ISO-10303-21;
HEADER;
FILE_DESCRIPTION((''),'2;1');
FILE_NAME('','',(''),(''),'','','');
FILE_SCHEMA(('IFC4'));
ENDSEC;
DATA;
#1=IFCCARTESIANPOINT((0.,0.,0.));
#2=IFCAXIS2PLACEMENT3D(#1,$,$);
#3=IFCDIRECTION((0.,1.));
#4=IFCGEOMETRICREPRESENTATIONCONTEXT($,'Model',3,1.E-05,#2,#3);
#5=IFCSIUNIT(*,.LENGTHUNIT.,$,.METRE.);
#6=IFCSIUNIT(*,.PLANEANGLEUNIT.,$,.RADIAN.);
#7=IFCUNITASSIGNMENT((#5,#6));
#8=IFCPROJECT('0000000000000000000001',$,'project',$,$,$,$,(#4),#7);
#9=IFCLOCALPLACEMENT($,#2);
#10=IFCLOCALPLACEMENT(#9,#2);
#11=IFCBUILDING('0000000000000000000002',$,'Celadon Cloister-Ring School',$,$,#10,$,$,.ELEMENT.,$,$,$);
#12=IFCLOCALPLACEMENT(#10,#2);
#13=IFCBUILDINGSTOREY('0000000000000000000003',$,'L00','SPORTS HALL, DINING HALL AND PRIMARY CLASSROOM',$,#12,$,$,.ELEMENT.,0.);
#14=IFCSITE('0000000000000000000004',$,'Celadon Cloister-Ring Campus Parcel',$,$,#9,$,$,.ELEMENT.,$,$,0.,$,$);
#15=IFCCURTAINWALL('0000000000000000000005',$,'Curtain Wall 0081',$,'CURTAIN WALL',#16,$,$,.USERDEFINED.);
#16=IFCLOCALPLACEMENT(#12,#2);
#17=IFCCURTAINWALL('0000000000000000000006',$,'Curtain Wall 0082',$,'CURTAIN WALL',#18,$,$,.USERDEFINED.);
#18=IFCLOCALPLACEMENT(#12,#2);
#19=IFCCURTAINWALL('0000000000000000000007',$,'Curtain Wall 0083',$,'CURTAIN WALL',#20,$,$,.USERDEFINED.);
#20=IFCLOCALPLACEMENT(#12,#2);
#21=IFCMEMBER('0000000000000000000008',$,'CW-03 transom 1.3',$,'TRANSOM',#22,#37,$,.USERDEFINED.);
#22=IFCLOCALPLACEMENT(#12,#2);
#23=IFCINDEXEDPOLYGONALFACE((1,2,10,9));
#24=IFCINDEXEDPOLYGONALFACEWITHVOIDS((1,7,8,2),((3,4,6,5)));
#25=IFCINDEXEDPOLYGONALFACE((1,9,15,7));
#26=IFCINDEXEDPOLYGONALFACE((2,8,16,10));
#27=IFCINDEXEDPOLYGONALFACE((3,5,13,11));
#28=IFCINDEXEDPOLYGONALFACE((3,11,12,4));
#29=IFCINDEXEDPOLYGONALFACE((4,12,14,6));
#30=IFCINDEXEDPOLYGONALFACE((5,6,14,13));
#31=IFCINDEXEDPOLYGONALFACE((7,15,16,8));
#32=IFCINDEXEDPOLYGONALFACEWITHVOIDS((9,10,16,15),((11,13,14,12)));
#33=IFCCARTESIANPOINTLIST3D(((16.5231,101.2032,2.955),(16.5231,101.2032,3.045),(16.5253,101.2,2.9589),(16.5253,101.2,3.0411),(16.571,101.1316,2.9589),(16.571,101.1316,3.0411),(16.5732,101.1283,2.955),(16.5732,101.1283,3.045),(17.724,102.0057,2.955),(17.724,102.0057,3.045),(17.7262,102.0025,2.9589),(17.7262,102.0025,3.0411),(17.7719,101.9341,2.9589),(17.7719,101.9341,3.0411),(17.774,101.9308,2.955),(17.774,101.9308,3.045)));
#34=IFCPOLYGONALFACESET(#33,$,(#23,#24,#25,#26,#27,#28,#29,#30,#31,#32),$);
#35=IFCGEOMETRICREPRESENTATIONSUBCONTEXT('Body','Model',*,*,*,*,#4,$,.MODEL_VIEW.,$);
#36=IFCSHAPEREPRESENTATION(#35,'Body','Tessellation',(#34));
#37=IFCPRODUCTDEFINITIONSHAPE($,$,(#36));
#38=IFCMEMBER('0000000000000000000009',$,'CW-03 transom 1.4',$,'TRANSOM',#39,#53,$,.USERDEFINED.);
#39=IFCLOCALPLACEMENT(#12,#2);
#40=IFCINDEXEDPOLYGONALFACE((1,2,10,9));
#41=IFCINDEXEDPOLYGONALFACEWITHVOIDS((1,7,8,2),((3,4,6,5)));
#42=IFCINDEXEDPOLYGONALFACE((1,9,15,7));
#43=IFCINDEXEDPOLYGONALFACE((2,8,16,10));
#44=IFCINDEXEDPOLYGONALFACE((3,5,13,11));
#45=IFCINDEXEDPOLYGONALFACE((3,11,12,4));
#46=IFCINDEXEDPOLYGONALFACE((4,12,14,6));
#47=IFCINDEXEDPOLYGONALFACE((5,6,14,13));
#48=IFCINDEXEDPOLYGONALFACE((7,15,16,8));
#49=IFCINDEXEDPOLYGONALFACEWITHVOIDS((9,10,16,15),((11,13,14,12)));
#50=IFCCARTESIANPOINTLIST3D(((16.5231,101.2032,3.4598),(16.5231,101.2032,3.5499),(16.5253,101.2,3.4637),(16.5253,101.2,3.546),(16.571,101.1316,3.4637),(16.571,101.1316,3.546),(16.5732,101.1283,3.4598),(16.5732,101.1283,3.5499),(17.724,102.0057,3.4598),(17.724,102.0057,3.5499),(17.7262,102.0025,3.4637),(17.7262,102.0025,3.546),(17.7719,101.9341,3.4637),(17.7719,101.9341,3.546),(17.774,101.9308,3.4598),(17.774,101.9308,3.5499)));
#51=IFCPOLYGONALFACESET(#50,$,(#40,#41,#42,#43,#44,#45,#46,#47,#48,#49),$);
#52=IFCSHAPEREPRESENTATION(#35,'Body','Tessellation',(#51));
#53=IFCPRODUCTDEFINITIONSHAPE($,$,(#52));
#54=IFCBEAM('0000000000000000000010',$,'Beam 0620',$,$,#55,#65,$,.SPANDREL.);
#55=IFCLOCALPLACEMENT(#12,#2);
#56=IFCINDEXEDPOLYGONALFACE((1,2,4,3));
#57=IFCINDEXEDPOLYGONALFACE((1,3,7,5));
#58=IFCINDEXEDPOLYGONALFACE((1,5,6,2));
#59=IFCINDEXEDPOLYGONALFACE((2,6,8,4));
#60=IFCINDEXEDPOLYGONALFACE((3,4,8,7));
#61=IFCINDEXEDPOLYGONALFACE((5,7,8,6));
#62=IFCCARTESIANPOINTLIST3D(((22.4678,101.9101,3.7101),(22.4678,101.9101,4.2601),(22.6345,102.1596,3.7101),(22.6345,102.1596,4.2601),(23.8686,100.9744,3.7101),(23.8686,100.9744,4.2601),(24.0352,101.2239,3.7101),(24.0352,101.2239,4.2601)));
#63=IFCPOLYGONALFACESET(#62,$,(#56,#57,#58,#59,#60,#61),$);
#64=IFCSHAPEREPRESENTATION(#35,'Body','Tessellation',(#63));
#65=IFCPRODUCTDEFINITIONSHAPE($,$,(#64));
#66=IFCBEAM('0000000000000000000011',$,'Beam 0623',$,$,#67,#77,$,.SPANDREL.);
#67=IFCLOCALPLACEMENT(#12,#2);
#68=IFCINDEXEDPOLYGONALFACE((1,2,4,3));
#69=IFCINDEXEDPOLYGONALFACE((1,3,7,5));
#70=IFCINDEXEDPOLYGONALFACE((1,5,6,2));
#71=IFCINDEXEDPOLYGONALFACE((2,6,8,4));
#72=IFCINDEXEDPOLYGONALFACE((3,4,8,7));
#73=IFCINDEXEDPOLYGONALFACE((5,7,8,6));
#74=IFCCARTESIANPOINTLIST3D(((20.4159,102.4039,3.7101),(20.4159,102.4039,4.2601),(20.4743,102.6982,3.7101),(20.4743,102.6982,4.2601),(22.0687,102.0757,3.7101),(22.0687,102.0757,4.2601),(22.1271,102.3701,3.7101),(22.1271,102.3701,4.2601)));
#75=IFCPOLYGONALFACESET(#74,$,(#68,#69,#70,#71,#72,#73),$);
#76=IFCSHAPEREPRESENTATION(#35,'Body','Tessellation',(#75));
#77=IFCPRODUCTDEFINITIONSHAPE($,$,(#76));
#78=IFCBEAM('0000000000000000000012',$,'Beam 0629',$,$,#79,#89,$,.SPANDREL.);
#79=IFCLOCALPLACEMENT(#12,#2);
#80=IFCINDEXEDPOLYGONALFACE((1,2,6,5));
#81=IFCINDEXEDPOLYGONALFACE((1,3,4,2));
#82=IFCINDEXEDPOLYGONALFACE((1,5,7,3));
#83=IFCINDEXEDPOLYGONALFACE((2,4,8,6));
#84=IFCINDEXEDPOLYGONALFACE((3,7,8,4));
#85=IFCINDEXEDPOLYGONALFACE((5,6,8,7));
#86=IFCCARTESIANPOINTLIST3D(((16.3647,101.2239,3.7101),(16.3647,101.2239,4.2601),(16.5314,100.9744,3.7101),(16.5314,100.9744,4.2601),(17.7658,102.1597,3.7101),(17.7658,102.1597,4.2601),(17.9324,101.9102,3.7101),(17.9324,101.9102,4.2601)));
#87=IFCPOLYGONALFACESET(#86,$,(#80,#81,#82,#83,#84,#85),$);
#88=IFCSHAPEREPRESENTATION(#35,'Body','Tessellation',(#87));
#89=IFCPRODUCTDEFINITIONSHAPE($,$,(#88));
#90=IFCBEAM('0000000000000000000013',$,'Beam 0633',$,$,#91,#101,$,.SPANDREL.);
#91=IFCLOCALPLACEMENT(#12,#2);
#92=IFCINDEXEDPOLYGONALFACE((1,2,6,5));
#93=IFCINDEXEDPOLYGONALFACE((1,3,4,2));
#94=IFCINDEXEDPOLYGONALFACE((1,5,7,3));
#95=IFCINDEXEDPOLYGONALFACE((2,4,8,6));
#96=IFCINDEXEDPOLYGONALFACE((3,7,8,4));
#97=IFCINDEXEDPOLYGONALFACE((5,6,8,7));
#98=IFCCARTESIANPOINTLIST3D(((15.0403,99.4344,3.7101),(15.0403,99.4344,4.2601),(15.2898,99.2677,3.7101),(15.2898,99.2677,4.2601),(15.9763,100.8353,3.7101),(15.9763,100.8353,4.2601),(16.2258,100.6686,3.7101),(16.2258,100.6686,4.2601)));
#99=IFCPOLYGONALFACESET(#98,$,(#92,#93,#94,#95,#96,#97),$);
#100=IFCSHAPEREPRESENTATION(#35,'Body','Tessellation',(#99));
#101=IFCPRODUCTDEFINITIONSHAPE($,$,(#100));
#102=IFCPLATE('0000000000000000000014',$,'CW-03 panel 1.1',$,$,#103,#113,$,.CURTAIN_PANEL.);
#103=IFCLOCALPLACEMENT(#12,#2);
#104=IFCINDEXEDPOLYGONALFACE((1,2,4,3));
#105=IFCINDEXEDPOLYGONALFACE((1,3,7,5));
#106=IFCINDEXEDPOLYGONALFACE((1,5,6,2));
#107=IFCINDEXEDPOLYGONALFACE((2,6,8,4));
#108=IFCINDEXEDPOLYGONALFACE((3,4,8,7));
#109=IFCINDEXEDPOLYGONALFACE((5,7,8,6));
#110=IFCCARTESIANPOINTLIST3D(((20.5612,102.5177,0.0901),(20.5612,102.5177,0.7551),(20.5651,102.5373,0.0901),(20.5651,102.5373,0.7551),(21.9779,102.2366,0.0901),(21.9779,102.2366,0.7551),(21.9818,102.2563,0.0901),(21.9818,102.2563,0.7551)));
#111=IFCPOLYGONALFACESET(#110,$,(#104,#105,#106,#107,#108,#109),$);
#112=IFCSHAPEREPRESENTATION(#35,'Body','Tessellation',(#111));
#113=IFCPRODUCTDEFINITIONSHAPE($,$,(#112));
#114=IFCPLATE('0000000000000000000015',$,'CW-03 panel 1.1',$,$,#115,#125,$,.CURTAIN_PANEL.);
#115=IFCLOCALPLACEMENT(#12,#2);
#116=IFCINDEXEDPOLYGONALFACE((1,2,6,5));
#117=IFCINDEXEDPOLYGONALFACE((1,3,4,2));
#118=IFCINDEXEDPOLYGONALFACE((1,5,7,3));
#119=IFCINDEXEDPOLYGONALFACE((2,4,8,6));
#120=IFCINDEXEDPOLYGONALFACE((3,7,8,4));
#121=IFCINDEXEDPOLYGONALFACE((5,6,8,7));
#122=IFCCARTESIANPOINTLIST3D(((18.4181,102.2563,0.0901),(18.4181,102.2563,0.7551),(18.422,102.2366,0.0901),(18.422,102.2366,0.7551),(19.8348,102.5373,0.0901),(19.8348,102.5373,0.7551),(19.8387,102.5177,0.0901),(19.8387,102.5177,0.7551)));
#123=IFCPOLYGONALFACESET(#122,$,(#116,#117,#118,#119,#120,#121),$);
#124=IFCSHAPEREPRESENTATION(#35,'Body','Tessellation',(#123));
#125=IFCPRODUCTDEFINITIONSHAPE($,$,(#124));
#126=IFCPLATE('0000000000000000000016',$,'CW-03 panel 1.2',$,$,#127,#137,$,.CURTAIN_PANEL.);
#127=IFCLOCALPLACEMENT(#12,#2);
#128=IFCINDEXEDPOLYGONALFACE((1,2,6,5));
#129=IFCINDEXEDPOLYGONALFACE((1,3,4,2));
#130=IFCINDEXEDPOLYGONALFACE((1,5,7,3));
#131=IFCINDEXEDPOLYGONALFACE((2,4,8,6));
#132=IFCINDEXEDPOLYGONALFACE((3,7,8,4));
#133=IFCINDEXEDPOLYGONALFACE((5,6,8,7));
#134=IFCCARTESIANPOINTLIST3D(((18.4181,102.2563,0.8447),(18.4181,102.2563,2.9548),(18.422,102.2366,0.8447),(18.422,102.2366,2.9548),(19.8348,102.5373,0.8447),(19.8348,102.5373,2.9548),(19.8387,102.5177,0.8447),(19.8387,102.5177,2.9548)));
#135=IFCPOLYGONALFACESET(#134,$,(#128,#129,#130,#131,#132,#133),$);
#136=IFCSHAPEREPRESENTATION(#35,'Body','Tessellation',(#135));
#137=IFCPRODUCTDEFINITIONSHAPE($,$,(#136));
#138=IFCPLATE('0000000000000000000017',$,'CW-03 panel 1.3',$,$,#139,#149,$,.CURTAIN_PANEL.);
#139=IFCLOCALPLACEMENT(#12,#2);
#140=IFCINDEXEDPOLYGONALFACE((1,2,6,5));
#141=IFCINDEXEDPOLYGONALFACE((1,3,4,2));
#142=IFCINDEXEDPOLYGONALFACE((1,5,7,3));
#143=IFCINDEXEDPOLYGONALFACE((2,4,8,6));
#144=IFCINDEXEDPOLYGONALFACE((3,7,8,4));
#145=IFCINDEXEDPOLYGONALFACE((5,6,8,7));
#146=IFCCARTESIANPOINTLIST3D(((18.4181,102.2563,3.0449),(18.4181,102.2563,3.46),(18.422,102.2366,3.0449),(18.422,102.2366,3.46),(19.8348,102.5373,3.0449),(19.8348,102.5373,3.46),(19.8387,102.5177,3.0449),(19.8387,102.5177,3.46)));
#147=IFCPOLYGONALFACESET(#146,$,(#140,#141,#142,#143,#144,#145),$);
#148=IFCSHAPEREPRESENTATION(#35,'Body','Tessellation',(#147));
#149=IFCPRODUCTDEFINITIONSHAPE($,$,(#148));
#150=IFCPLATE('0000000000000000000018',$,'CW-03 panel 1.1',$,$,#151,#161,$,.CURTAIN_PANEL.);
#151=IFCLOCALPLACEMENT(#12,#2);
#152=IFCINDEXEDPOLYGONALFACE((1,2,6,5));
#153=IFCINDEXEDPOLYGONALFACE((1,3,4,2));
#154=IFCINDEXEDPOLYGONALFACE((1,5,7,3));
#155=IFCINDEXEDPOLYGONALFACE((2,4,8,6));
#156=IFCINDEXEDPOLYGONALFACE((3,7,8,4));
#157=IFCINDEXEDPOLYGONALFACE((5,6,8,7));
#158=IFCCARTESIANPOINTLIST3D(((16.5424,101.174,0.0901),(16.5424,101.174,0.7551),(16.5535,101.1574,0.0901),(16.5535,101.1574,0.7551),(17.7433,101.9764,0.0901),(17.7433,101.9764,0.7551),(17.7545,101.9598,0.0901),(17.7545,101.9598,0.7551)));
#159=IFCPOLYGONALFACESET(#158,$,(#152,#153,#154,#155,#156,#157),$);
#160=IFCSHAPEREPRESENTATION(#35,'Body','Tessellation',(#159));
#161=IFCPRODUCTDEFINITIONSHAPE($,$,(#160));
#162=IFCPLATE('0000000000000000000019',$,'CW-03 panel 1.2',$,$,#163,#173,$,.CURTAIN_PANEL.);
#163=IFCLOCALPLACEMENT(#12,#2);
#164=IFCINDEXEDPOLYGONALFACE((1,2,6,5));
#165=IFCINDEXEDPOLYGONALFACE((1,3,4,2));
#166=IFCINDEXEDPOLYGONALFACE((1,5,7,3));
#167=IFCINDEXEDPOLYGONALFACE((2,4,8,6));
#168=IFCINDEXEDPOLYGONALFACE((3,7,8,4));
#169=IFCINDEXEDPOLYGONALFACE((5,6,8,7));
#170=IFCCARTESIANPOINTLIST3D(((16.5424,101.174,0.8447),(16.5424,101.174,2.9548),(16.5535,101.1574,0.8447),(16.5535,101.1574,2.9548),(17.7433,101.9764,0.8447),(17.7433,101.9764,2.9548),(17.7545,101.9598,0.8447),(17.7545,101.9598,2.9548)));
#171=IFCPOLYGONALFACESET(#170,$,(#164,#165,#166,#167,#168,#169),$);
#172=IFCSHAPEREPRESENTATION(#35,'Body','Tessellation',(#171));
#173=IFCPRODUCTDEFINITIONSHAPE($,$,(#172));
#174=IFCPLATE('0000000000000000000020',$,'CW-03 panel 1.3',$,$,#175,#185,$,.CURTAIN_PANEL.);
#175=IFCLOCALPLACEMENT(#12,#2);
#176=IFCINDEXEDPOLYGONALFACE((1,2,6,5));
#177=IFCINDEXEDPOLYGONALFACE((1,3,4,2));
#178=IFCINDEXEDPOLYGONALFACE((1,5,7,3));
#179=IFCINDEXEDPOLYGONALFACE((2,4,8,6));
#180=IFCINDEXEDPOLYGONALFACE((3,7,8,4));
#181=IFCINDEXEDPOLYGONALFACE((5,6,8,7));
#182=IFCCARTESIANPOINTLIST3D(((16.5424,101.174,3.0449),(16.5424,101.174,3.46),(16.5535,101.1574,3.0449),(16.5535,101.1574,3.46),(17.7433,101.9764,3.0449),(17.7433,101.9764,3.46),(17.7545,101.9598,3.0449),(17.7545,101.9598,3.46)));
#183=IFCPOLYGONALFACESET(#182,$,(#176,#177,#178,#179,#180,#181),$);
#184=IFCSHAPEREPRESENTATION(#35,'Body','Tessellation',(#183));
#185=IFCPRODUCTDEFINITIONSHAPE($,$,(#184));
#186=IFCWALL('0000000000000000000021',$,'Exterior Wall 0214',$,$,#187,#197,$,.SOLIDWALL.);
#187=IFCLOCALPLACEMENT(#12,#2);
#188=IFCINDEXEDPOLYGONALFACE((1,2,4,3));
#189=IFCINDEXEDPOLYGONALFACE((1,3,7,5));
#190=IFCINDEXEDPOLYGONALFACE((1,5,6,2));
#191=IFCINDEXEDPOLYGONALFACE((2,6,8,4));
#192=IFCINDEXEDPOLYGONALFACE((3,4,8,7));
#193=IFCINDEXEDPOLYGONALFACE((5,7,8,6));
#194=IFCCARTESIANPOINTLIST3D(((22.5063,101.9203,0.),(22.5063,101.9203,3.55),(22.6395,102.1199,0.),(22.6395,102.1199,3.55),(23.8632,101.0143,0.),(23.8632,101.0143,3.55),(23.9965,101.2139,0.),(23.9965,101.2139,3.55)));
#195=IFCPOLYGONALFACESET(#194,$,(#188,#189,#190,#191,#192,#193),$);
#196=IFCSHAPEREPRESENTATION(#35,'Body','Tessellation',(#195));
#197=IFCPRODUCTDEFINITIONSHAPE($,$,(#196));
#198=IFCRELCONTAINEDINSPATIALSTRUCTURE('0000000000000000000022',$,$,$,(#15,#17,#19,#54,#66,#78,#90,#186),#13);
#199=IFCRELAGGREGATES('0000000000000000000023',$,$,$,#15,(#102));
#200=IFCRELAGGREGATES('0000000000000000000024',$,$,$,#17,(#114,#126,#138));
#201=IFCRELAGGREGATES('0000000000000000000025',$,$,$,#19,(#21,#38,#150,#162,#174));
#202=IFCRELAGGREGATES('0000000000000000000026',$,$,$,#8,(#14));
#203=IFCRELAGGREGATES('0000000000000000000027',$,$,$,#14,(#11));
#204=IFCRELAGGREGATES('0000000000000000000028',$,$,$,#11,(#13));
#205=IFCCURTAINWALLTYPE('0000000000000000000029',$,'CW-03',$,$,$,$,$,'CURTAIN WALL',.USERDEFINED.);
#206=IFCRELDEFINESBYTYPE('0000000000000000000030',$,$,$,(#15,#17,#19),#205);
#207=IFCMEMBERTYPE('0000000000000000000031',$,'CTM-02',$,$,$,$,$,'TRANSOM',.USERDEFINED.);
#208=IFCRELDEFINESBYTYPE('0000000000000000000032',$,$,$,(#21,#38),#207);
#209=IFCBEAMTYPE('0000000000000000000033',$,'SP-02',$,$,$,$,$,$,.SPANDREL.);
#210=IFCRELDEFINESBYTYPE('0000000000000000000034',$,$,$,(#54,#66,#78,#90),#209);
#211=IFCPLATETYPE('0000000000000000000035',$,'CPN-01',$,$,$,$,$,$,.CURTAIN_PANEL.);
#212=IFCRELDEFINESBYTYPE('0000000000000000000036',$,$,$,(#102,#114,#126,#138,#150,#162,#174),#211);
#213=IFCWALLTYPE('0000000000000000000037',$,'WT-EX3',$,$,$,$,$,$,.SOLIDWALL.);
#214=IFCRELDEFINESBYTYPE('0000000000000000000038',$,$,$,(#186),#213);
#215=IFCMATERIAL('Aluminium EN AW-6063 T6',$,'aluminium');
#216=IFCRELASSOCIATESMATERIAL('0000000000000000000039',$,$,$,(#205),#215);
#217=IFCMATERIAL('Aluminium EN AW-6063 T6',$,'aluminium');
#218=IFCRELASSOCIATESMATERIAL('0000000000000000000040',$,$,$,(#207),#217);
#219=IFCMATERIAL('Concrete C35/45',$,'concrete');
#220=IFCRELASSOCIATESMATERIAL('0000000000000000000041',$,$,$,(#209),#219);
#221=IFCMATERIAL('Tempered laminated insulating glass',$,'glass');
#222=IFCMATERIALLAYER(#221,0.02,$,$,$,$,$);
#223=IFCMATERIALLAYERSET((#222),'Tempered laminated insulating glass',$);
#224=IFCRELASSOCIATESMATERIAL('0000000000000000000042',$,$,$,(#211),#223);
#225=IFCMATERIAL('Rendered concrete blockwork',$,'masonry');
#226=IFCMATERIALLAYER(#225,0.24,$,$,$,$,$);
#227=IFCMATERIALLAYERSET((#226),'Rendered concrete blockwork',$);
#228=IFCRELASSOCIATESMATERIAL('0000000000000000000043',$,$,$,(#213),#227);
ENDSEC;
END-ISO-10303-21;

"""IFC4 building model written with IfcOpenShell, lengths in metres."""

from ifc_helpers import new_model, si_unit, direction, frame, frame_2d, origin, origin_2d, place, context, subcontext, project, spatial, rectangle, hollow_rectangle, extrude, material, layer, layer_set, material_profile, profile_set, type_object, element, aggregate, save


model = new_model("IFC4")

# Units and contexts
model_context = context("Model", 3, precision=1e-05, world=origin(), true_north=direction((0.0, 1.0)))
body_context = subcontext(model_context, "Body", "Model", "MODEL_VIEW")
ifc_project = project(units=[si_unit("LENGTHUNIT", "METRE"), si_unit("PLANEANGLEUNIT", "RADIAN")], contexts=[model_context])

# Site, building, storey
site_placement = place(None, origin())
site = spatial("IfcSite", under=ifc_project, at=site_placement, Name="Celadon Cloister-Ring Campus Parcel", CompositionType="ELEMENT", RefElevation=0.0)
building_placement = place(site_placement, origin())
building = spatial("IfcBuilding", under=site, at=building_placement, Name="Celadon Cloister-Ring School", CompositionType="ELEMENT")
storey_placement = place(building_placement, origin())
storey = spatial("IfcBuildingStorey", under=building, at=storey_placement, Name="L00", Description="SPORTS HALL, DINING HALL AND PRIMARY CLASSROOM", CompositionType="ELEMENT", Elevation=0.0)

# Curtain walls
ifc_material_1 = material(Name="Aluminium EN AW-6063 T6", Category="aluminium")
curtain_wall_type = type_object("IfcCurtainWallType", Name="CW-03", ElementType="CURTAIN WALL", PredefinedType="USERDEFINED", material=ifc_material_1)
curtain_wall_1_placement = place(storey_placement, origin())
curtain_wall_1 = element("IfcCurtainWall", 1, at=curtain_wall_1_placement, inside=storey, type_object=curtain_wall_type, Name="Curtain Wall 0081", ObjectType="CURTAIN WALL", PredefinedType="USERDEFINED")
curtain_wall_2_placement = place(storey_placement, origin())
curtain_wall_2 = element("IfcCurtainWall", 2, at=curtain_wall_2_placement, inside=storey, type_object=curtain_wall_type, Name="Curtain Wall 0082", ObjectType="CURTAIN WALL", PredefinedType="USERDEFINED")

# Curtain wall
curtain_wall_3_placement = place(storey_placement, origin())
curtain_wall_3 = element("IfcCurtainWall", 3, at=curtain_wall_3_placement, inside=storey, type_object=curtain_wall_type, Name="Curtain Wall 0083", ObjectType="CURTAIN WALL", PredefinedType="USERDEFINED")

# Members
ifc_material_2 = material(Name="Aluminium EN AW-6063 T6", Category="aluminium")
ifc_material_profile_1 = material_profile(ifc_material_2, hollow_rectangle(XDim=0.0901, YDim=0.0901, WallThickness=0.0039, at=origin_2d()), Name="RHS90X90X4")
ifc_profile_set_1 = profile_set([ifc_material_profile_1], Name="Aluminium EN AW-6063 T6")
member_type_1 = type_object("IfcMemberType", Name="CTM-02", ElementType="TRANSOM", PredefinedType="USERDEFINED", material=ifc_profile_set_1)
member_1_placement = place(storey_placement, frame((17.749, 101.9683, 3.0), z_axis=(-0.831452, -0.555597, 0.0), x_axis=(0.555597, -0.831452, 0.0)))
member_1 = element("IfcMember", 4, at=member_1_placement, type_object=member_type_1, Name="CW-03 transom 1.3", ObjectType="TRANSOM", PredefinedType="USERDEFINED", context=body_context, shape_type="SweptSolid", body=[
    extrude(hollow_rectangle(XDim=0.0901, YDim=0.0901, WallThickness=0.0039, at=origin_2d()), origin(), (0.0, 0.0, 1.0), 1.4443),
])
member_2_placement = place(storey_placement, frame((17.749, 101.9683, 3.5049), z_axis=(-0.831452, -0.555597, 0.0), x_axis=(0.555597, -0.831452, 0.0)))
member_2 = element("IfcMember", 5, at=member_2_placement, type_object=member_type_1, Name="CW-03 transom 1.4", ObjectType="TRANSOM", PredefinedType="USERDEFINED", context=body_context, shape_type="SweptSolid", body=[
    extrude(hollow_rectangle(XDim=0.0901, YDim=0.0901, WallThickness=0.0039, at=origin_2d()), origin(), (0.0, 0.0, 1.0), 1.4443),
])

# Beams
ifc_material_3 = material(Name="Concrete C35/45", Category="concrete")
ifc_material_profile_2 = material_profile(ifc_material_3, rectangle(XDim=0.3, YDim=0.55, at=origin_2d()), Name="RC300X550")
ifc_profile_set_2 = profile_set([ifc_material_profile_2], Name="Concrete C35/45")
beam_type = type_object("IfcBeamType", Name="SP-02", PredefinedType="SPANDREL", material=ifc_profile_set_2)
beam_1_placement = place(storey_placement, frame((23.9519, 101.0991, 3.9851), z_axis=(-0.831537, 0.555469, 0.0), x_axis=(-0.555469, -0.831537, 0.0)))
element("IfcBeam", 6, at=beam_1_placement, inside=storey, type_object=beam_type, Name="Beam 0620", PredefinedType="SPANDREL", context=body_context, shape_type="SweptSolid", body=[
    extrude(rectangle(XDim=0.3, YDim=0.55, at=origin_2d()), origin(), (0.0, 0.0, 1.0), 1.6846),
])
beam_2_placement = place(storey_placement, frame((22.0979, 102.2229, 3.9851), z_axis=(-0.980858, 0.194723, 0.0), x_axis=(-0.194723, -0.980858, 0.0)))
element("IfcBeam", 7, at=beam_2_placement, inside=storey, type_object=beam_type, Name="Beam 0623", PredefinedType="SPANDREL", context=body_context, shape_type="SweptSolid", body=[
    extrude(rectangle(XDim=0.3, YDim=0.55, at=origin_2d()), origin(), (0.0, 0.0, 1.0), 1.6851),
])
for number, where, z_axis, x_axis, name in (
    (8, (17.8491, 102.0349, 3.9851), (-0.831582, -0.555402, 0.0), (0.555402, -0.831582, 0.0), "Beam 0629"),
    (9, (16.1011, 100.752, 3.9851), (-0.555569, -0.83147, 0.0), (0.83147, -0.555569, 0.0), "Beam 0633"),
):
    element("IfcBeam", number, at=place(storey_placement, frame(where, z_axis=z_axis, x_axis=x_axis)), inside=storey, type_object=beam_type, Name=name, PredefinedType="SPANDREL", context=body_context, shape_type="SweptSolid", body=[
        extrude(rectangle(XDim=0.3, YDim=0.55, at=origin_2d()), origin(), (0.0, 0.0, 1.0), 1.6848),
    ])

# Plates
ifc_material_4 = material(Name="Tempered laminated insulating glass", Category="glass")
ifc_layer_1 = layer(ifc_material_4, 0.02)
ifc_layer_set_1 = layer_set([ifc_layer_1], Name="Tempered laminated insulating glass")
plate_type = type_object("IfcPlateType", Name="CPN-01", PredefinedType="CURTAIN_PANEL", material=ifc_layer_set_1)
plate_1_placement = place(storey_placement, frame((21.2715, 102.387, 0.0901), z_axis=(0.0, 0.0, 1.0), x_axis=(-0.980885, 0.194586, 0.0)))
plate_1 = element("IfcPlate", 10, at=plate_1_placement, type_object=plate_type, Name="CW-03 panel 1.1", PredefinedType="CURTAIN_PANEL", context=body_context, shape_type="SweptSolid", body=[
    extrude(rectangle(XDim=1.4443, YDim=0.02, at=origin_2d()), origin(), (0.0, 0.0, 1.0), 0.665),
])
aggregate(curtain_wall_1, [plate_1])
plate_2_placement = place(storey_placement, frame((19.1284, 102.387, 0.0901), z_axis=(0.0, 0.0, 1.0), x_axis=(-0.980885, -0.194586, 0.0)))
plate_2 = element("IfcPlate", 11, at=plate_2_placement, type_object=plate_type, Name="CW-03 panel 1.1", PredefinedType="CURTAIN_PANEL", context=body_context, shape_type="SweptSolid", body=[
    extrude(rectangle(XDim=1.4443, YDim=0.02, at=origin_2d()), origin(), (0.0, 0.0, 1.0), 0.665),
])
plate_3_placement = place(storey_placement, frame((19.1284, 102.387, 0.8447), z_axis=(0.0, 0.0, 1.0), x_axis=(-0.980885, -0.194586, 0.0)))
plate_3 = element("IfcPlate", 12, at=plate_3_placement, type_object=plate_type, Name="CW-03 panel 1.2", PredefinedType="CURTAIN_PANEL", context=body_context, shape_type="SweptSolid", body=[
    extrude(rectangle(XDim=1.4443, YDim=0.02, at=origin_2d()), origin(), (0.0, 0.0, 1.0), 2.1101),
])
plate_4_placement = place(storey_placement, frame((19.1284, 102.387, 3.0449), z_axis=(0.0, 0.0, 1.0), x_axis=(-0.980885, -0.194586, 0.0)))
plate_4 = element("IfcPlate", 13, at=plate_4_placement, type_object=plate_type, Name="CW-03 panel 1.3", PredefinedType="CURTAIN_PANEL", context=body_context, shape_type="SweptSolid", body=[
    extrude(rectangle(XDim=1.4443, YDim=0.02, at=origin_2d()), origin(), (0.0, 0.0, 1.0), 0.415),
])
aggregate(curtain_wall_2, [plate_2, plate_3, plate_4])
plate_5_placement = place(storey_placement, frame((17.1484, 101.5669, 0.0901), z_axis=(0.0, 0.0, 1.0), x_axis=(-0.831485, -0.555547, 0.0)))
plate_5 = element("IfcPlate", 14, at=plate_5_placement, type_object=plate_type, Name="CW-03 panel 1.1", PredefinedType="CURTAIN_PANEL", context=body_context, shape_type="SweptSolid", body=[
    extrude(rectangle(XDim=1.4443, YDim=0.02, at=origin_2d()), origin(), (0.0, 0.0, 1.0), 0.665),
])
plate_6_placement = place(storey_placement, frame((17.1484, 101.5669, 0.8447), z_axis=(0.0, 0.0, 1.0), x_axis=(-0.831485, -0.555547, 0.0)))
plate_6 = element("IfcPlate", 15, at=plate_6_placement, type_object=plate_type, Name="CW-03 panel 1.2", PredefinedType="CURTAIN_PANEL", context=body_context, shape_type="SweptSolid", body=[
    extrude(rectangle(XDim=1.4443, YDim=0.02, at=origin_2d()), origin(), (0.0, 0.0, 1.0), 2.1101),
])
plate_7_placement = place(storey_placement, frame((17.1484, 101.5669, 3.0449), z_axis=(0.0, 0.0, 1.0), x_axis=(-0.831485, -0.555547, 0.0)))
plate_7 = element("IfcPlate", 16, at=plate_7_placement, type_object=plate_type, Name="CW-03 panel 1.3", PredefinedType="CURTAIN_PANEL", context=body_context, shape_type="SweptSolid", body=[
    extrude(rectangle(XDim=1.4443, YDim=0.02, at=origin_2d()), origin(), (0.0, 0.0, 1.0), 0.415),
])
aggregate(curtain_wall_3, [member_1, member_2, plate_5, plate_6, plate_7])

# Wall
ifc_material_5 = material(Name="Rendered concrete blockwork", Category="masonry")
ifc_layer_2 = layer(ifc_material_5, 0.24)
ifc_layer_set_2 = layer_set([ifc_layer_2], Name="Rendered concrete blockwork")
wall_type = type_object("IfcWallType", Name="WT-EX3", PredefinedType="SOLIDWALL", material=ifc_layer_set_2)
for number, where, z_axis, x_axis, name in (
    (17, (23.9299, 101.114, 0.0), (0.0, 0.0, 1.0), (-0.831659, 0.555287, 0.0), "Exterior Wall 0214"),
):
    element("IfcWall", number, at=place(storey_placement, frame(where, z_axis=z_axis, x_axis=x_axis)), inside=storey, type_object=wall_type, Name=name, PredefinedType="SOLIDWALL", context=body_context, shape_type="SweptSolid", body=[
        extrude(rectangle(XDim=1.6316, YDim=0.24, at=frame_2d((0.8159, 0.0))), origin(), (0.0, 0.0, 1.0), 3.55),
    ])

save(model, "model.ifc")
